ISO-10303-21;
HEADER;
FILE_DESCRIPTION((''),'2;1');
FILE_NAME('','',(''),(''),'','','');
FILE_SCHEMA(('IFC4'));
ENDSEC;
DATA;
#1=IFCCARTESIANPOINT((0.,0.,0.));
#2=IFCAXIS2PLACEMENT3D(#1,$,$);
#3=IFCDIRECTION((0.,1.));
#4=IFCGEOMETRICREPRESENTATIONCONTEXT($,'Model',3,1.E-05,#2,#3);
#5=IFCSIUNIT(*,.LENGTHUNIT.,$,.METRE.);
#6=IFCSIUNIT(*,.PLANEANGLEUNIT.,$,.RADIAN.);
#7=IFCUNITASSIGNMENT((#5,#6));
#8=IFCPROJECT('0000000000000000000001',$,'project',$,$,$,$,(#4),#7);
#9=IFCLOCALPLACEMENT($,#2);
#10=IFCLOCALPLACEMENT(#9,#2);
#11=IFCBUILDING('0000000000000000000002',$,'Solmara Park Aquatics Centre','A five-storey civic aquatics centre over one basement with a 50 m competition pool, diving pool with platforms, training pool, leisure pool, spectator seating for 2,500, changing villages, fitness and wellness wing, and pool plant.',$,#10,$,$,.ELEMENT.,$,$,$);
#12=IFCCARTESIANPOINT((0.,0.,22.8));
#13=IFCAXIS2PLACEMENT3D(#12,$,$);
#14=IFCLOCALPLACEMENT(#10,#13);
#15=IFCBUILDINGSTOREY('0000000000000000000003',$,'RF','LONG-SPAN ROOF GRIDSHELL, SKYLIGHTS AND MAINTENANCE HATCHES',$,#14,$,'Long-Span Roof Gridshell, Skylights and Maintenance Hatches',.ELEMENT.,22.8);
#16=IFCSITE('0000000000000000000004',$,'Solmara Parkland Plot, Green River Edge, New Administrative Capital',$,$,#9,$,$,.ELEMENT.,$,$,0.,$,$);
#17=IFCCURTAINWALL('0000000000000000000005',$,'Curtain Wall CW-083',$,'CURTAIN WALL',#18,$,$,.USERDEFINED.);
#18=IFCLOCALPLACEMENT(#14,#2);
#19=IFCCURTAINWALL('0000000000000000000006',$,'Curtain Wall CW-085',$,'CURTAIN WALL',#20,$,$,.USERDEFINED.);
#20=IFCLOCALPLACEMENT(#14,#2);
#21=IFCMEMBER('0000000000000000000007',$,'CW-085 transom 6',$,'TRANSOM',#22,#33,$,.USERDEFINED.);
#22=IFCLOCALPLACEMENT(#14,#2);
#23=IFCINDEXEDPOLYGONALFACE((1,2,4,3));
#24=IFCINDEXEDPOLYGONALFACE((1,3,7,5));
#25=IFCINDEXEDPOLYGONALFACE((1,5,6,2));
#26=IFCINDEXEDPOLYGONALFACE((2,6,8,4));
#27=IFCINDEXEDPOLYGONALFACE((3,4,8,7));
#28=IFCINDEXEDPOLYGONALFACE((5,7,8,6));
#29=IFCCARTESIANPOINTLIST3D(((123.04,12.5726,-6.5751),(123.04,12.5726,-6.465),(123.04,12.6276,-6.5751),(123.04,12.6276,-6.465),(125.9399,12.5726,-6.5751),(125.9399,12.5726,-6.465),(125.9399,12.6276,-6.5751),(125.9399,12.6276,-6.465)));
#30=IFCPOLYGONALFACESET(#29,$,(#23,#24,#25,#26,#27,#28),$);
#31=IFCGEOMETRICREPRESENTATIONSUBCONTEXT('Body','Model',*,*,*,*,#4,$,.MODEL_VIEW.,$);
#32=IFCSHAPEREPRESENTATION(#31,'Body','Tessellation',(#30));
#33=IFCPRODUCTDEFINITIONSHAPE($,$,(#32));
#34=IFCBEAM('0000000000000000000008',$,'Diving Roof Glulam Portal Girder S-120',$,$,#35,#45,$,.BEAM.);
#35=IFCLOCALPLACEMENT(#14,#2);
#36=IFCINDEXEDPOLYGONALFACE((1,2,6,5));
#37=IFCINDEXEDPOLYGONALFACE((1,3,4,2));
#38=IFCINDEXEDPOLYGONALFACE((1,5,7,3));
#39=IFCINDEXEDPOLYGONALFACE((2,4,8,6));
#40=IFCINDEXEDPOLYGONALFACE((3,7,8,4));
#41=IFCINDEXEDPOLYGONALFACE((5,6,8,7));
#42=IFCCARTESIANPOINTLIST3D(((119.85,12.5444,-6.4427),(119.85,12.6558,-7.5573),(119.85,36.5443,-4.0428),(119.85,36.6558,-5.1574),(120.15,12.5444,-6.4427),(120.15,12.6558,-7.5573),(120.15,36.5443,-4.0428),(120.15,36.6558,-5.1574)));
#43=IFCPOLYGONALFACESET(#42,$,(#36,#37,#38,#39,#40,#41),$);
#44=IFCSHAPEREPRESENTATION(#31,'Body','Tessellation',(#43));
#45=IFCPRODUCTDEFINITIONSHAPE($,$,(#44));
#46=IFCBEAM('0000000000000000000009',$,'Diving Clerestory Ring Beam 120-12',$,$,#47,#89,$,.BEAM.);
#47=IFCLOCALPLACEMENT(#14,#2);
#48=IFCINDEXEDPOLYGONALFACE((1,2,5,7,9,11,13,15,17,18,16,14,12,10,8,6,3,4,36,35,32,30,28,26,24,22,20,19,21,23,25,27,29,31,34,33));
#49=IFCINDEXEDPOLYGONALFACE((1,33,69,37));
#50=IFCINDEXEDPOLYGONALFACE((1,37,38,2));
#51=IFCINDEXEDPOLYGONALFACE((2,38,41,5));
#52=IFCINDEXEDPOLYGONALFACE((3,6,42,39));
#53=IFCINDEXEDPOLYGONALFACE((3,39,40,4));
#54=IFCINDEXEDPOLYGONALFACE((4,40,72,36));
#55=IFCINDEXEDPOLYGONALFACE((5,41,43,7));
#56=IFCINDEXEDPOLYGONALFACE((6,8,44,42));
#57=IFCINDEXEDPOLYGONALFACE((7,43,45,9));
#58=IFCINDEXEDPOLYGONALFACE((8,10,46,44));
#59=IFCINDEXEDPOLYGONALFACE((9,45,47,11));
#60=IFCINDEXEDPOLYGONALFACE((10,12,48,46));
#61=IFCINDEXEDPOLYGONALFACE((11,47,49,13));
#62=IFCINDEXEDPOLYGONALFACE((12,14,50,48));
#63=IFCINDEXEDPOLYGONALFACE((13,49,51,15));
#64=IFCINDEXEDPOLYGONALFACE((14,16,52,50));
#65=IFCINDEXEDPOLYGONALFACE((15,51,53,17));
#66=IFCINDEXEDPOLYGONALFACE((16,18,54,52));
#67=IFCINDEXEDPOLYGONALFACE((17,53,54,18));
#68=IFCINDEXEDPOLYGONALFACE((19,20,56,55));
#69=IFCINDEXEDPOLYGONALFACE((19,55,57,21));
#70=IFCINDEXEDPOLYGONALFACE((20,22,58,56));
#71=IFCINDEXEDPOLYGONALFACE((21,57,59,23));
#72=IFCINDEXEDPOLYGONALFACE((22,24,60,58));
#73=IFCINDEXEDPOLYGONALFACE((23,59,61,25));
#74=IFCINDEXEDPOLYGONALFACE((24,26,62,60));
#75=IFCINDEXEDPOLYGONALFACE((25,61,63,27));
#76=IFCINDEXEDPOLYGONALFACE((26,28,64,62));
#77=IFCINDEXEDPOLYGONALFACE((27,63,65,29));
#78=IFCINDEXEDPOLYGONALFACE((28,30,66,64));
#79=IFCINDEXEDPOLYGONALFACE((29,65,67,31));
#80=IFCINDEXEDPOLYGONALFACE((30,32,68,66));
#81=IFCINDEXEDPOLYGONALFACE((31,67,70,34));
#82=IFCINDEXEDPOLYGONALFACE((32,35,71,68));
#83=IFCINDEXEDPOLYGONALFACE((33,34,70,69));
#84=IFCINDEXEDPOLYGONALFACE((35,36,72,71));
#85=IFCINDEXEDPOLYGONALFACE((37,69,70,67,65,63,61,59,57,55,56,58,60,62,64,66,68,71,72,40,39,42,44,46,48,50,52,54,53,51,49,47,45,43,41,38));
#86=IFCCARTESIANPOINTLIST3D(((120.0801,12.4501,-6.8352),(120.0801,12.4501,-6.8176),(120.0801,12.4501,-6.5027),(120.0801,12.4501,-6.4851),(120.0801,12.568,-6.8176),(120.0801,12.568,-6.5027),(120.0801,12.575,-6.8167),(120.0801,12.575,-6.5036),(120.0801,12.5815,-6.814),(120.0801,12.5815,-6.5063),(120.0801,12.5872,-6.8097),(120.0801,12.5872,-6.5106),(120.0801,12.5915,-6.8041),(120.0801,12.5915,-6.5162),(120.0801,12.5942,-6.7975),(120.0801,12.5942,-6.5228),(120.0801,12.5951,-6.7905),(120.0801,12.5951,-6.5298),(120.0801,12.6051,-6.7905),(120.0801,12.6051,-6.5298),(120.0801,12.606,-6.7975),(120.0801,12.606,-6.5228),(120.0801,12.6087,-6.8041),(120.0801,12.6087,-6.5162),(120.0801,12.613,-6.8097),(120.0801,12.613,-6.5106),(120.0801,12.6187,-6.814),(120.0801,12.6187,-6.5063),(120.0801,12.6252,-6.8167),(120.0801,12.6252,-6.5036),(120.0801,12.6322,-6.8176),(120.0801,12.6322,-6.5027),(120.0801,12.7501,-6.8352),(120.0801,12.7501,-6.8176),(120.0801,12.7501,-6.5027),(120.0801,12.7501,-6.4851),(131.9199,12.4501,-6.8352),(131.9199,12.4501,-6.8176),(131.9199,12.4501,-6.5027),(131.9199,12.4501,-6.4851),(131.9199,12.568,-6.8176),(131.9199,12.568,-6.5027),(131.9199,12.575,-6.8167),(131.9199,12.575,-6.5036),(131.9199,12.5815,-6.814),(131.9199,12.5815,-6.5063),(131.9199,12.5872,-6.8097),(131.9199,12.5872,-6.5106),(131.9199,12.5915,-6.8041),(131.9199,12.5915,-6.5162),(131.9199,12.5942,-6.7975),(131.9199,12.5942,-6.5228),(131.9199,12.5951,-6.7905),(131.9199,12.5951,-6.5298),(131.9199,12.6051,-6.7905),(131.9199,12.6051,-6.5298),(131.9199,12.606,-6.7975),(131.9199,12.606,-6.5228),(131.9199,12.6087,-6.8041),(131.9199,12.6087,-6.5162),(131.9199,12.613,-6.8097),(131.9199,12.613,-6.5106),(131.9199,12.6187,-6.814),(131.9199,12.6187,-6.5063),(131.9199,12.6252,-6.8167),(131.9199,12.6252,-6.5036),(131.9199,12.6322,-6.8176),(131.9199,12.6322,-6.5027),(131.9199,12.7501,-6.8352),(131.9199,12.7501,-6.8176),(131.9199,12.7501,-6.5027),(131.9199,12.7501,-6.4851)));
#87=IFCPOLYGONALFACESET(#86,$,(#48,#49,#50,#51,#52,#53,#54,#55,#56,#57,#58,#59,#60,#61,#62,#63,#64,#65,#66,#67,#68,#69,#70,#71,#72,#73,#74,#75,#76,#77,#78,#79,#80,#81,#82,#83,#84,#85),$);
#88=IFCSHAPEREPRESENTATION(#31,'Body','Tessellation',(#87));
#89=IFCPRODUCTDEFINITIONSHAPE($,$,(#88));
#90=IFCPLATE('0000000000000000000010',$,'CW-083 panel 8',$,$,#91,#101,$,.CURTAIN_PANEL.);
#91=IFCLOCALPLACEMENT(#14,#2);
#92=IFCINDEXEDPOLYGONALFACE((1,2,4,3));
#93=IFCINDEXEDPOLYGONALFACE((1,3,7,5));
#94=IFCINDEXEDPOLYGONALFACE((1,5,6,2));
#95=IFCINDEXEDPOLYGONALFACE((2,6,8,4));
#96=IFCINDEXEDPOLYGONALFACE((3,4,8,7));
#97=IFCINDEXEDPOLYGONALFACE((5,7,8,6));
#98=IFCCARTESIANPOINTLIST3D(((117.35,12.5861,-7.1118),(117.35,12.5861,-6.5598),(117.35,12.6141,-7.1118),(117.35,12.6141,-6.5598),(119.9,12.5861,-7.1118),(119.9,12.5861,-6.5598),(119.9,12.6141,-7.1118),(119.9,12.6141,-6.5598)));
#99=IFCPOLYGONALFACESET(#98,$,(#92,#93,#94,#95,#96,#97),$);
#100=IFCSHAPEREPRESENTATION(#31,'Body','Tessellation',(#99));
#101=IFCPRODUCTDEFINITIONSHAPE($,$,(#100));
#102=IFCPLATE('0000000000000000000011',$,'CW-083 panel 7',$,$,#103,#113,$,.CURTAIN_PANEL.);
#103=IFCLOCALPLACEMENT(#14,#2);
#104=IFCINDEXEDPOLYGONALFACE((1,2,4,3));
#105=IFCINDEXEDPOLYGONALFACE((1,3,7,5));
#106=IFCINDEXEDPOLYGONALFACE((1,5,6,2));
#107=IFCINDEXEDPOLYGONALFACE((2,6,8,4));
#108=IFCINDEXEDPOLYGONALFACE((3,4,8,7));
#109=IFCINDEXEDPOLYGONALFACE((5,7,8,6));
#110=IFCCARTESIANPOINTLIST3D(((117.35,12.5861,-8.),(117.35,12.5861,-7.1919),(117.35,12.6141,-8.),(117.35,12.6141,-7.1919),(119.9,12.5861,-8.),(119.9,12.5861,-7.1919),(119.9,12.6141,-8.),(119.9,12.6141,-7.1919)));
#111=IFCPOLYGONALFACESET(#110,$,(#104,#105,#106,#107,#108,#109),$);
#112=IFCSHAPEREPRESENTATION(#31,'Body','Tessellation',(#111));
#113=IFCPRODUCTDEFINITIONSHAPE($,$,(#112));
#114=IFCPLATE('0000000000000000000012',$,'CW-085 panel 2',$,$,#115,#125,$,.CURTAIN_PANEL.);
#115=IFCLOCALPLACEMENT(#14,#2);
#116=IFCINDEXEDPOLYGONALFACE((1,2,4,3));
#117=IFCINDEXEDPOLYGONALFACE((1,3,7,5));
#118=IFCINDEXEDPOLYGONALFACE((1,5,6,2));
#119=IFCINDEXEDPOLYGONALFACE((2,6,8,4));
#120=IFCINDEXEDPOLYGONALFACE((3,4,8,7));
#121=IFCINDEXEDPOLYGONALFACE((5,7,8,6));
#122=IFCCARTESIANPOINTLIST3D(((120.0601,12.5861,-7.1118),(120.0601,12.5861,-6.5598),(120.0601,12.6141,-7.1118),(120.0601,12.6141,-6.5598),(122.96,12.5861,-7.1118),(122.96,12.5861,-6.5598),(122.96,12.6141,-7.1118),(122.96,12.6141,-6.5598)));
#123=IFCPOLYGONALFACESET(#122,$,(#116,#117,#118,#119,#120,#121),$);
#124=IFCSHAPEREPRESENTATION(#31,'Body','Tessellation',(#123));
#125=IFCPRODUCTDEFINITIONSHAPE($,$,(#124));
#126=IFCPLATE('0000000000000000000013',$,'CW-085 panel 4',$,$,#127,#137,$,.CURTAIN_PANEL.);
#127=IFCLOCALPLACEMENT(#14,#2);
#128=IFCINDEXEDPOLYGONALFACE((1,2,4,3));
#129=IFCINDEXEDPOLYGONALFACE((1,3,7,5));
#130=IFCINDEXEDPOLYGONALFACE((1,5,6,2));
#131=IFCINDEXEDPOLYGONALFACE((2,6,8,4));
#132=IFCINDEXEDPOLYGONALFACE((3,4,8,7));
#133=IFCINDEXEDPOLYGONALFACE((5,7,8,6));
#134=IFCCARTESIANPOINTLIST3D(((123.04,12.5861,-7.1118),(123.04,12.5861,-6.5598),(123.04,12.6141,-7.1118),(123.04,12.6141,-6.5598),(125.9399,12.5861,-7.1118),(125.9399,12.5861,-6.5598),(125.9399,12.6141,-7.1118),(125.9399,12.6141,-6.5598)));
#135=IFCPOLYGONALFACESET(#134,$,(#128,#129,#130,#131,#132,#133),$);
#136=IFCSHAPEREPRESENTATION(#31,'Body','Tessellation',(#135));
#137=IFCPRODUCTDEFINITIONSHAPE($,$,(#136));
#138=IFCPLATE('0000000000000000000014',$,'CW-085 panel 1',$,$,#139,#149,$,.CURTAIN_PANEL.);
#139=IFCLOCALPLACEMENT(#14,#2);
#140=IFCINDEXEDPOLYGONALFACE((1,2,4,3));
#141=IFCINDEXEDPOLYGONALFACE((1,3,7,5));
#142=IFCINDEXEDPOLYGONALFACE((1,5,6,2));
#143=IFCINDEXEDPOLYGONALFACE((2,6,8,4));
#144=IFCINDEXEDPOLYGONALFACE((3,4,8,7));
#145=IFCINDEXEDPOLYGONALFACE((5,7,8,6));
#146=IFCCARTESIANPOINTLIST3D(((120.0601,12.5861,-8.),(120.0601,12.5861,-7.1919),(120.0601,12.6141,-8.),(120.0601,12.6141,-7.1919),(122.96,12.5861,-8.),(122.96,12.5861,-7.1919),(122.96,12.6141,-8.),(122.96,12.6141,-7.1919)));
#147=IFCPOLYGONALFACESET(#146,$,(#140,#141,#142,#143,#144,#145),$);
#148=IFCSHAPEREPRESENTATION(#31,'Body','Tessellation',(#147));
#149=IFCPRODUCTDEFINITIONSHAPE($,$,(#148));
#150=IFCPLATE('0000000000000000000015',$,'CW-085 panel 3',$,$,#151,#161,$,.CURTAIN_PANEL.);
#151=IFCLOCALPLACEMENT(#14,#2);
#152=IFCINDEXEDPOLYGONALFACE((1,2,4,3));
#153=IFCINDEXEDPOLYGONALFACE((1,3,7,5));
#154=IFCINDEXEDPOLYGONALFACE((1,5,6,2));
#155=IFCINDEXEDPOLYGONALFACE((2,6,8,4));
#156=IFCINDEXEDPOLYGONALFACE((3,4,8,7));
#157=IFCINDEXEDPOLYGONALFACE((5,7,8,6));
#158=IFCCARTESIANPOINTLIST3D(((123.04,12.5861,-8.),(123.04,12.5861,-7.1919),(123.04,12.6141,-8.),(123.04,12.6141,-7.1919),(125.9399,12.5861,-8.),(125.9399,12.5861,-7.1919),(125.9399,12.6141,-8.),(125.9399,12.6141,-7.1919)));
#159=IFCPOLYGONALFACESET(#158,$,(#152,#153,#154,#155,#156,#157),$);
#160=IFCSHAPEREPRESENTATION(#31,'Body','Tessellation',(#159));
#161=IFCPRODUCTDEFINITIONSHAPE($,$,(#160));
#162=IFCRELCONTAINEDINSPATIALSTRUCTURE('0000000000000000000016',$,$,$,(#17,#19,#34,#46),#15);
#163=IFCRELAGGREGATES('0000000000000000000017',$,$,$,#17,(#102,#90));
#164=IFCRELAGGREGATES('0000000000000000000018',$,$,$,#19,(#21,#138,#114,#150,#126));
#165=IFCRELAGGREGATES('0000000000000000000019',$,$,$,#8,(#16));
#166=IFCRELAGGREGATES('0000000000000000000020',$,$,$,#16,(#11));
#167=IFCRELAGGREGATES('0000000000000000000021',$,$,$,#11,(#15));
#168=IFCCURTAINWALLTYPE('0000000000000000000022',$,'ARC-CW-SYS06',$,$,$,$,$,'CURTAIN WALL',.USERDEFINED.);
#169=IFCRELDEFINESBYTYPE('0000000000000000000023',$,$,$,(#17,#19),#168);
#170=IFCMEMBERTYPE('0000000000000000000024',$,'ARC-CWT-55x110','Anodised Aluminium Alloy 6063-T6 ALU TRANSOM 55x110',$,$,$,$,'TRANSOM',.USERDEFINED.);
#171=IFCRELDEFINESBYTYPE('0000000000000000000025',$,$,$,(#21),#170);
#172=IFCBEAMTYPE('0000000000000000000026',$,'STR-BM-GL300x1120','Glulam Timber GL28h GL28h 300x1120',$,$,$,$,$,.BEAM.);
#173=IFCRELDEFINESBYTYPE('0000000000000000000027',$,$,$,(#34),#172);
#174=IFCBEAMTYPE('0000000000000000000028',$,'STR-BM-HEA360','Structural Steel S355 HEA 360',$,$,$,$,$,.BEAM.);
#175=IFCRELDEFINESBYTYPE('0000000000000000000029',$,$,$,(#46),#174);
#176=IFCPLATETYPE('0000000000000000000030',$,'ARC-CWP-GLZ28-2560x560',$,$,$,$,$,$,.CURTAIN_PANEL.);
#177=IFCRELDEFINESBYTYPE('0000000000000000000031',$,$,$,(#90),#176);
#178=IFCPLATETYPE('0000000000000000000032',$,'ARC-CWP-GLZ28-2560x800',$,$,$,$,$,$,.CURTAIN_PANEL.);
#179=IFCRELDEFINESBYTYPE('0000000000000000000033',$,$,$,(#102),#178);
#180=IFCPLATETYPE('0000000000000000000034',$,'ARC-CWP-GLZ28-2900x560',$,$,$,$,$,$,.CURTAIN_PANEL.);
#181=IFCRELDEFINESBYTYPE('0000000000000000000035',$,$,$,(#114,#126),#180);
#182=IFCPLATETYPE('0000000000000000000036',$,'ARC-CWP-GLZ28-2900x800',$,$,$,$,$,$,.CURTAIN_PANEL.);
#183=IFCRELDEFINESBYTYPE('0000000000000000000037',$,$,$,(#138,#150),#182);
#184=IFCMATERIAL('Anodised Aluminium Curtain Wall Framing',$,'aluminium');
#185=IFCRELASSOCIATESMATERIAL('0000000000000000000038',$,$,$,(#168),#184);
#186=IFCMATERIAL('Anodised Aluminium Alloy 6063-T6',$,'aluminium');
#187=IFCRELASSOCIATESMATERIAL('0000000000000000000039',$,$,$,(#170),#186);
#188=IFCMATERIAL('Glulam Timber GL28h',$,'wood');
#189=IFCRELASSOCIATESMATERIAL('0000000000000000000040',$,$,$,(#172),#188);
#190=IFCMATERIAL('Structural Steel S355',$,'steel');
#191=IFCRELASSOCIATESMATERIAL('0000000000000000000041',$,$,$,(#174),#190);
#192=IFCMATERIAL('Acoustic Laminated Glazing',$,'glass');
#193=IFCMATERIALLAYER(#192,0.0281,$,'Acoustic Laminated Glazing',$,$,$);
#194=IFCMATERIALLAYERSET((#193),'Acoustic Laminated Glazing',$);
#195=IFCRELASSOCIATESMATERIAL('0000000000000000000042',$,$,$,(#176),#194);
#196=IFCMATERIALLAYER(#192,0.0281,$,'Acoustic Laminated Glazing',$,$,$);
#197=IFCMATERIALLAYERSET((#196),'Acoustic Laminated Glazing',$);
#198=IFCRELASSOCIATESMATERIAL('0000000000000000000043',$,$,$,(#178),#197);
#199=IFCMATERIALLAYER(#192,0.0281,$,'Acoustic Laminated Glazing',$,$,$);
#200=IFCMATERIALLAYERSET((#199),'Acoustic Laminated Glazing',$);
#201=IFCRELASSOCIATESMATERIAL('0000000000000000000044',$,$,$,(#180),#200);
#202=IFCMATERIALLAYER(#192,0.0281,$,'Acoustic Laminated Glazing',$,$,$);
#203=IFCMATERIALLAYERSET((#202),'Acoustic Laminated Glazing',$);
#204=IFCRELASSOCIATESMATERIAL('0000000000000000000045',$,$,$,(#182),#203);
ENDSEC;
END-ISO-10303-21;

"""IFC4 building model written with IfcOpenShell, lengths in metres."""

from ifc_helpers import new_model, si_unit, direction, frame, origin, origin_2d, place, context, subcontext, project, spatial, rectangle, i_section, extrude, material, layer, layer_set, material_profile, profile_set, type_object, element, aggregate, save


model = new_model("IFC4")

# Units and contexts
model_context = context("Model", 3, precision=1e-05, world=origin(), true_north=direction((0.0, 1.0)))
body_context = subcontext(model_context, "Body", "Model", "MODEL_VIEW")
ifc_project = project(units=[si_unit("LENGTHUNIT", "METRE"), si_unit("PLANEANGLEUNIT", "RADIAN")], contexts=[model_context])

# Site, building, storey
site_placement = place(None, origin())
site = spatial("IfcSite", under=ifc_project, at=site_placement, Name="Solmara Parkland Plot, Green River Edge, New Administrative Capital", CompositionType="ELEMENT", RefElevation=0.0)
building_placement = place(site_placement, origin())
building = spatial("IfcBuilding", under=site, at=building_placement, Name="Solmara Park Aquatics Centre", Description="A five-storey civic aquatics centre over one basement with a 50 m competition pool, diving pool with platforms, training pool, leisure pool, spectator seating for 2,500, changing villages, fitness and wellness wing, and pool plant.", CompositionType="ELEMENT")
storey_placement = place(building_placement, frame((0.0, 0.0, 22.8)))
storey = spatial("IfcBuildingStorey", under=building, at=storey_placement, Name="RF", Description="LONG-SPAN ROOF GRIDSHELL, SKYLIGHTS AND MAINTENANCE HATCHES", LongName="Long-Span Roof Gridshell, Skylights and Maintenance Hatches", CompositionType="ELEMENT", Elevation=22.8)

# Shared definitions
ifc_material_1 = material(Name="Structural Steel S355", Category="steel")

# Curtain wall
ifc_material_2 = material(Name="Anodised Aluminium Curtain Wall Framing", Category="aluminium")
curtain_wall_type = type_object("IfcCurtainWallType", Name="ARC-CW-SYS06", ElementType="CURTAIN WALL", PredefinedType="USERDEFINED", material=ifc_material_2)
curtain_wall_1_placement = place(storey_placement, origin())
curtain_wall_1 = element("IfcCurtainWall", 1, at=curtain_wall_1_placement, inside=storey, type_object=curtain_wall_type, Name="Curtain Wall CW-083", ObjectType="CURTAIN WALL", PredefinedType="USERDEFINED")
ifc_material_3 = material(Name="Anodised Aluminium Alloy 6063-T6", Category="aluminium")

# Curtain wall
curtain_wall_2_placement = place(storey_placement, origin())
curtain_wall_2 = element("IfcCurtainWall", 2, at=curtain_wall_2_placement, inside=storey, type_object=curtain_wall_type, Name="Curtain Wall CW-085", ObjectType="CURTAIN WALL", PredefinedType="USERDEFINED")

# Member
ifc_material_profile_1 = material_profile(ifc_material_3, rectangle(XDim=0.0549, YDim=0.1101, at=origin_2d()), Name="ALU TRANSOM 55x110")
ifc_profile_set_1 = profile_set([ifc_material_profile_1], Name="Anodised Aluminium Alloy 6063-T6")
member_type_1 = type_object("IfcMemberType", Name="ARC-CWT-55x110", Description="Anodised Aluminium Alloy 6063-T6 ALU TRANSOM 55x110", ElementType="TRANSOM", PredefinedType="USERDEFINED", material=ifc_profile_set_1)
member_1_placement = place(storey_placement, frame((123.04, 12.6001, -6.52), z_axis=(1.0, 0.0, 0.0), x_axis=(0.0, 1.0, 0.0)))
member_1 = element("IfcMember", 3, at=member_1_placement, type_object=member_type_1, Name="CW-085 transom 6", ObjectType="TRANSOM", PredefinedType="USERDEFINED", context=body_context, shape_type="SweptSolid", body=[
    extrude(rectangle(XDim=0.0549, YDim=0.1101, at=origin_2d()), origin(), (0.0, 0.0, 1.0), 2.8999),
])

# Beams
ifc_material_4 = material(Name="Glulam Timber GL28h", Category="wood")
ifc_material_profile_2 = material_profile(ifc_material_4, rectangle(XDim=0.3, YDim=1.1201, at=origin_2d()), Name="GL28h 300x1120")
ifc_profile_set_2 = profile_set([ifc_material_profile_2], Name="Glulam Timber GL28h")
beam_type_1 = type_object("IfcBeamType", Name="STR-BM-GL300x1120", Description="Glulam Timber GL28h GL28h 300x1120", PredefinedType="BEAM", material=ifc_profile_set_2)
beam_1_placement = place(storey_placement, frame((120.0, 12.6001, -7.0), z_axis=(0.0, 0.995038, 0.0995), x_axis=(-1.0, 0.0, 0.0)))
element("IfcBeam", 4, at=beam_1_placement, inside=storey, type_object=beam_type_1, Name="Diving Roof Glulam Portal Girder S-120", PredefinedType="BEAM", context=body_context, shape_type="SweptSolid", body=[
    extrude(rectangle(XDim=0.3, YDim=1.1201, at=origin_2d()), origin(), (0.0, 0.0, 1.0), 24.1196),
])
ifc_material_profile_3 = material_profile(ifc_material_1, i_section(OverallWidth=0.3, OverallDepth=0.3501, WebThickness=0.01, FlangeThickness=0.0176, FilletRadius=0.0271, at=origin_2d()), Name="HEA 360")
ifc_profile_set_3 = profile_set([ifc_material_profile_3], Name="Structural Steel S355")
beam_type_2 = type_object("IfcBeamType", Name="STR-BM-HEA360", Description="Structural Steel S355 HEA 360", PredefinedType="BEAM", material=ifc_profile_set_3)
beam_2_placement = place(storey_placement, frame((120.0801, 12.6001, -6.6602), z_axis=(1.0, 0.0, 0.0), x_axis=(0.0, 1.0, 0.0)))
element("IfcBeam", 5, at=beam_2_placement, inside=storey, type_object=beam_type_2, Name="Diving Clerestory Ring Beam 120-12", PredefinedType="BEAM", context=body_context, shape_type="SweptSolid", body=[
    extrude(i_section(OverallWidth=0.3, OverallDepth=0.3501, WebThickness=0.01, FlangeThickness=0.0176, FilletRadius=0.0271, at=origin_2d()), origin(), (0.0, 0.0, 1.0), 11.8398),
])

# Plates
ifc_material_5 = material(Name="Acoustic Laminated Glazing", Category="glass")
ifc_layer_1 = layer(ifc_material_5, 0.0281, Name="Acoustic Laminated Glazing")
ifc_layer_set_1 = layer_set([ifc_layer_1], Name="Acoustic Laminated Glazing")
plate_type_1 = type_object("IfcPlateType", Name="ARC-CWP-GLZ28-2560x560", PredefinedType="CURTAIN_PANEL", material=ifc_layer_set_1)
plate_1_placement = place(storey_placement, frame((118.625, 12.6001, -7.1118), z_axis=(0.0, 0.0, 1.0), x_axis=(1.0, 0.0, 0.0)))
plate_1 = element("IfcPlate", 6, at=plate_1_placement, type_object=plate_type_1, Name="CW-083 panel 8", PredefinedType="CURTAIN_PANEL", context=body_context, shape_type="SweptSolid", body=[
    extrude(rectangle(XDim=2.55, YDim=0.0281, at=origin_2d()), origin(), (0.0, 0.0, 1.0), 0.552),
])
ifc_layer_2 = layer(ifc_material_5, 0.0281, Name="Acoustic Laminated Glazing")
ifc_layer_set_2 = layer_set([ifc_layer_2], Name="Acoustic Laminated Glazing")
plate_type_2 = type_object("IfcPlateType", Name="ARC-CWP-GLZ28-2560x800", PredefinedType="CURTAIN_PANEL", material=ifc_layer_set_2)
plate_2_placement = place(storey_placement, frame((118.625, 12.6001, -8.0), z_axis=(0.0, 0.0, 1.0), x_axis=(1.0, 0.0, 0.0)))
plate_2 = element("IfcPlate", 7, at=plate_2_placement, type_object=plate_type_2, Name="CW-083 panel 7", PredefinedType="CURTAIN_PANEL", context=body_context, shape_type="SweptSolid", body=[
    extrude(rectangle(XDim=2.55, YDim=0.0281, at=origin_2d()), origin(), (0.0, 0.0, 1.0), 0.8081),
])
aggregate(curtain_wall_1, [plate_2, plate_1])
ifc_layer_3 = layer(ifc_material_5, 0.0281, Name="Acoustic Laminated Glazing")
ifc_layer_set_3 = layer_set([ifc_layer_3], Name="Acoustic Laminated Glazing")
plate_type_3 = type_object("IfcPlateType", Name="ARC-CWP-GLZ28-2900x560", PredefinedType="CURTAIN_PANEL", material=ifc_layer_set_3)
plate_3_placement = place(storey_placement, frame((121.51, 12.6001, -7.1118), z_axis=(0.0, 0.0, 1.0), x_axis=(1.0, 0.0, 0.0)))
plate_3 = element("IfcPlate", 8, at=plate_3_placement, type_object=plate_type_3, Name="CW-085 panel 2", PredefinedType="CURTAIN_PANEL", context=body_context, shape_type="SweptSolid", body=[
    extrude(rectangle(XDim=2.8999, YDim=0.0281, at=origin_2d()), origin(), (0.0, 0.0, 1.0), 0.552),
])
plate_4_placement = place(storey_placement, frame((124.49, 12.6001, -7.1118), z_axis=(0.0, 0.0, 1.0), x_axis=(1.0, 0.0, 0.0)))
plate_4 = element("IfcPlate", 9, at=plate_4_placement, type_object=plate_type_3, Name="CW-085 panel 4", PredefinedType="CURTAIN_PANEL", context=body_context, shape_type="SweptSolid", body=[
    extrude(rectangle(XDim=2.8999, YDim=0.0281, at=origin_2d()), origin(), (0.0, 0.0, 1.0), 0.552),
])
ifc_layer_4 = layer(ifc_material_5, 0.0281, Name="Acoustic Laminated Glazing")
ifc_layer_set_4 = layer_set([ifc_layer_4], Name="Acoustic Laminated Glazing")
plate_type_4 = type_object("IfcPlateType", Name="ARC-CWP-GLZ28-2900x800", PredefinedType="CURTAIN_PANEL", material=ifc_layer_set_4)
plate_5_placement = place(storey_placement, frame((121.51, 12.6001, -8.0), z_axis=(0.0, 0.0, 1.0), x_axis=(1.0, 0.0, 0.0)))
plate_5 = element("IfcPlate", 10, at=plate_5_placement, type_object=plate_type_4, Name="CW-085 panel 1", PredefinedType="CURTAIN_PANEL", context=body_context, shape_type="SweptSolid", body=[
    extrude(rectangle(XDim=2.8999, YDim=0.0281, at=origin_2d()), origin(), (0.0, 0.0, 1.0), 0.8081),
])
plate_6_placement = place(storey_placement, frame((124.49, 12.6001, -8.0), z_axis=(0.0, 0.0, 1.0), x_axis=(1.0, 0.0, 0.0)))
plate_6 = element("IfcPlate", 11, at=plate_6_placement, type_object=plate_type_4, Name="CW-085 panel 3", PredefinedType="CURTAIN_PANEL", context=body_context, shape_type="SweptSolid", body=[
    extrude(rectangle(XDim=2.8999, YDim=0.0281, at=origin_2d()), origin(), (0.0, 0.0, 1.0), 0.8081),
])
aggregate(curtain_wall_2, [member_1, plate_5, plate_3, plate_6, plate_4])

save(model, "model.ifc")
